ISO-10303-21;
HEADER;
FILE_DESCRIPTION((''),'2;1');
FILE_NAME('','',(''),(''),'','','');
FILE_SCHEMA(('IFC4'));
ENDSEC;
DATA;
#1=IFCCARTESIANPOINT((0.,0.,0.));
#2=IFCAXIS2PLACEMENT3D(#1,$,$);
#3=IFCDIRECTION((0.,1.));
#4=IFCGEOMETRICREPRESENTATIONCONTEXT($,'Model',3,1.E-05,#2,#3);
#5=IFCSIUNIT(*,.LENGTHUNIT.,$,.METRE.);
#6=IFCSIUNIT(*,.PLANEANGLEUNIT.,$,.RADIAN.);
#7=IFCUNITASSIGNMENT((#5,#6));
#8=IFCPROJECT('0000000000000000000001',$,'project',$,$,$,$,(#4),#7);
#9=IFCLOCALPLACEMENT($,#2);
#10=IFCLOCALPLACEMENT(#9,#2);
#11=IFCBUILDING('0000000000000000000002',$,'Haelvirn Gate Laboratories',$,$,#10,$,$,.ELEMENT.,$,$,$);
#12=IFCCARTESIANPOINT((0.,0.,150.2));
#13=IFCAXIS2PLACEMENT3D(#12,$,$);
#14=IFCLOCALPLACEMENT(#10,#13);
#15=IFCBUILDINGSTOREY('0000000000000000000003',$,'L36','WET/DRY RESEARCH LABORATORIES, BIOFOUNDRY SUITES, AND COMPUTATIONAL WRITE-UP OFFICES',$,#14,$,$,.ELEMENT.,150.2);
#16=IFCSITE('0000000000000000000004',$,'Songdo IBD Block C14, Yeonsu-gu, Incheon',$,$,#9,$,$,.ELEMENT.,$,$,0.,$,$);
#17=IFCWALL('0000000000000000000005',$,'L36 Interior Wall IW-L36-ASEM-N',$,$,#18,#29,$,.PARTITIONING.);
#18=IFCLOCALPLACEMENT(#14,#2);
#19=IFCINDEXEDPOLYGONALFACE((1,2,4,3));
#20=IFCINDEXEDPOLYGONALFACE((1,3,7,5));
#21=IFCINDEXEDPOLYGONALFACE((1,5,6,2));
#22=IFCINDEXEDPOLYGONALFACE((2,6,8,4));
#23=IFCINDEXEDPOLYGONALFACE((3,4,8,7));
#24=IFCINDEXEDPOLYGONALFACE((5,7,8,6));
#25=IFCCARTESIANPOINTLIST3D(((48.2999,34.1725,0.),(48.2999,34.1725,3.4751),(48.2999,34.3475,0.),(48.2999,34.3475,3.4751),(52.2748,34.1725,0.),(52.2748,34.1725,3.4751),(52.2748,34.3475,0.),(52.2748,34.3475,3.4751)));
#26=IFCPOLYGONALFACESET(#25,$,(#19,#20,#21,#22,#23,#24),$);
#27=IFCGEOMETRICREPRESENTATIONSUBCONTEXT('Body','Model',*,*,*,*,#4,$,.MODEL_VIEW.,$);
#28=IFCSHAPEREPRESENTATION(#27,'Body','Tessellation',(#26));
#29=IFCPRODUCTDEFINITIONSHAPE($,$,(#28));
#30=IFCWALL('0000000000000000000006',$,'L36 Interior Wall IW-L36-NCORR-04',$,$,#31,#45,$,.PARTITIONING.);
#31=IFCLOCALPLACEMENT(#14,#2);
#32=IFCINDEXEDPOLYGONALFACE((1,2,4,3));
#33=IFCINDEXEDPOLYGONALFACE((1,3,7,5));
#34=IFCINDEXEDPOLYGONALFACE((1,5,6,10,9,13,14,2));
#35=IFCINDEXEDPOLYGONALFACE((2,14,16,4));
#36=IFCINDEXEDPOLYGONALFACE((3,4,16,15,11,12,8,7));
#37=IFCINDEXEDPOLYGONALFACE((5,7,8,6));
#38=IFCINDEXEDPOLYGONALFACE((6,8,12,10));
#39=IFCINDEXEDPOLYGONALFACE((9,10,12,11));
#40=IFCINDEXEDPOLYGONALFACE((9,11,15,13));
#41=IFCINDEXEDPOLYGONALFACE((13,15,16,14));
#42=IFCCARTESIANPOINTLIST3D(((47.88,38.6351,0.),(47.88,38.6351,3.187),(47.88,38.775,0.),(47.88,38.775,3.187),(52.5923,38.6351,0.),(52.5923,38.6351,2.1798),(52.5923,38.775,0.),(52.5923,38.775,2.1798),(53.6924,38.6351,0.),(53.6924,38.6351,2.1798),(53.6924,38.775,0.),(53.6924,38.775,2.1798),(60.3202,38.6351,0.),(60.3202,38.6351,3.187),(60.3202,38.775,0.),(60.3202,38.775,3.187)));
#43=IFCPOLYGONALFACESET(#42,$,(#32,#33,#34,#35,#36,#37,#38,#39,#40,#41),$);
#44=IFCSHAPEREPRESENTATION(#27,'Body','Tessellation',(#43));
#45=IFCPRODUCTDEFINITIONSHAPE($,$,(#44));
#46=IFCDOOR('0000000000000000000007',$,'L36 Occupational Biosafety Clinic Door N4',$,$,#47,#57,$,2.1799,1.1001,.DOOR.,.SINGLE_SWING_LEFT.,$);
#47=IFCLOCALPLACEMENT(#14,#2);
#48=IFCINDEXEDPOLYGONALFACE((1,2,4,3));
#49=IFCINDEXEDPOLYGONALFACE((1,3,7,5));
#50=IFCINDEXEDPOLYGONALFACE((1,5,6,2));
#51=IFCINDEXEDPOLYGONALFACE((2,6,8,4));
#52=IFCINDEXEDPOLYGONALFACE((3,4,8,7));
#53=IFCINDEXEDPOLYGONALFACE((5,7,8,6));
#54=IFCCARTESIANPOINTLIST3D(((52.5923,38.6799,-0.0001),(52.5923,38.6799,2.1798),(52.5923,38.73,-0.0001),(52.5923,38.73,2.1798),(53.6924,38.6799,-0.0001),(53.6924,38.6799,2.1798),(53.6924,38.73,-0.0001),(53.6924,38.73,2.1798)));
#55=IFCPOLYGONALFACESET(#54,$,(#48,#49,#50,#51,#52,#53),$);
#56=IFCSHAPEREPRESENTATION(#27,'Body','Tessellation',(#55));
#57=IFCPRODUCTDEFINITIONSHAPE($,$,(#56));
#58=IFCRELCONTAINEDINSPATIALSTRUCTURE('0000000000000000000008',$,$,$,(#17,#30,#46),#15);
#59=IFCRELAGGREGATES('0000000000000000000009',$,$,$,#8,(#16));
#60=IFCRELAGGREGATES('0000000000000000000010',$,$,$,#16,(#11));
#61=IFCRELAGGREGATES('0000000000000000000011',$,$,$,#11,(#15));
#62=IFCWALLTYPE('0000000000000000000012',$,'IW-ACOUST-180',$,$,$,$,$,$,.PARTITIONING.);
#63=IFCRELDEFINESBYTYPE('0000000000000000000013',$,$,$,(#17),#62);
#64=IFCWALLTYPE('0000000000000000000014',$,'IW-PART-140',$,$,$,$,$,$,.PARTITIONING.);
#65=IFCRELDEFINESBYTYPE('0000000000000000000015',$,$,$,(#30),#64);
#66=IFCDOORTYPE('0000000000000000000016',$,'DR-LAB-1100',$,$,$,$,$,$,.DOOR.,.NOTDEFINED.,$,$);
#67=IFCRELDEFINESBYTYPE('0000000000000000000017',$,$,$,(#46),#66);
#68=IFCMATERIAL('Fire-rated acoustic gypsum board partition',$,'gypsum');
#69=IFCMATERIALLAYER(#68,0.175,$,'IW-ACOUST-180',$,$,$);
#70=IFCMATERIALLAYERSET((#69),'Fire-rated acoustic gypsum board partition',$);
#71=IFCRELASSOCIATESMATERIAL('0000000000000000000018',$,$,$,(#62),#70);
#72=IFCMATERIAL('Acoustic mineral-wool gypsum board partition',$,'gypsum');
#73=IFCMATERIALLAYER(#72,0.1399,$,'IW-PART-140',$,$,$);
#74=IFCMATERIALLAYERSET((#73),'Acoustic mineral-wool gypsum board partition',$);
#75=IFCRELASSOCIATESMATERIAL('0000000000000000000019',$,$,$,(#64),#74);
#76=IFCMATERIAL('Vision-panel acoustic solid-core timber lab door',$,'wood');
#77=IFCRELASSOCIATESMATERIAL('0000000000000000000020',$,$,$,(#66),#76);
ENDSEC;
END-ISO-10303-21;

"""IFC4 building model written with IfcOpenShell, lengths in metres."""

from ifc_helpers import new_model, si_unit, direction, frame, frame_2d, origin, place, context, subcontext, project, spatial, rectangle, extrude, source, transform, mapped, material, layer, layer_set, type_object, type_shapes, element, fill, save


model = new_model("IFC4")

# Units and contexts
model_context = context("Model", 3, precision=1e-05, world=origin(), true_north=direction((0.0, 1.0)))
body_context = subcontext(model_context, "Body", "Model", "MODEL_VIEW")
ifc_project = project(units=[si_unit("LENGTHUNIT", "METRE"), si_unit("PLANEANGLEUNIT", "RADIAN")], contexts=[model_context])

# Site, building, storey
site_placement = place(None, origin())
site = spatial("IfcSite", under=ifc_project, at=site_placement, Name="Songdo IBD Block C14, Yeonsu-gu, Incheon", CompositionType="ELEMENT", RefElevation=0.0)
building_placement = place(site_placement, origin())
building = spatial("IfcBuilding", under=site, at=building_placement, Name="Haelvirn Gate Laboratories", CompositionType="ELEMENT")
storey_placement = place(building_placement, frame((0.0, 0.0, 150.2)))
storey = spatial("IfcBuildingStorey", under=building, at=storey_placement, Name="L36", Description="WET/DRY RESEARCH LABORATORIES, BIOFOUNDRY SUITES, AND COMPUTATIONAL WRITE-UP OFFICES", CompositionType="ELEMENT", Elevation=150.2)

# Wall
ifc_material_1 = material(Name="Fire-rated acoustic gypsum board partition", Category="gypsum")
ifc_layer_1 = layer(ifc_material_1, 0.175, Name="IW-ACOUST-180")
ifc_layer_set_1 = layer_set([ifc_layer_1], Name="Fire-rated acoustic gypsum board partition")
wall_type_1 = type_object("IfcWallType", Name="IW-ACOUST-180", PredefinedType="PARTITIONING", material=ifc_layer_set_1)
wall_1_placement = place(storey_placement, frame((48.3, 34.26, 0.0), z_axis=(0.0, 0.0, 1.0), x_axis=(1.0, 0.0, 0.0)))
element("IfcWall", 1, at=wall_1_placement, inside=storey, type_object=wall_type_1, Name="L36 Interior Wall IW-L36-ASEM-N", PredefinedType="PARTITIONING", context=body_context, shape_type="SweptSolid", body=[
    extrude(rectangle(XDim=3.9749, YDim=0.175, at=frame_2d((1.9873, 0.0))), origin(), (0.0, 0.0, 1.0), 3.4751),
])

# Wall, opening, door
ifc_material_2 = material(Name="Acoustic mineral-wool gypsum board partition", Category="gypsum")
ifc_layer_2 = layer(ifc_material_2, 0.1399, Name="IW-PART-140")
ifc_layer_set_2 = layer_set([ifc_layer_2], Name="Acoustic mineral-wool gypsum board partition")
wall_type_2 = type_object("IfcWallType", Name="IW-PART-140", PredefinedType="PARTITIONING", material=ifc_layer_set_2)
wall_2_placement = place(storey_placement, frame((47.8799, 38.7051, 0.0), z_axis=(0.0, 0.0, 1.0), x_axis=(1.0, 0.0, 0.0)))
wall_2 = element("IfcWall", 2, at=wall_2_placement, inside=storey, type_object=wall_type_2, Name="L36 Interior Wall IW-L36-NCORR-04", PredefinedType="PARTITIONING", context=body_context, shape_type="SweptSolid", body=[
    extrude(rectangle(XDim=12.4402, YDim=0.1399, at=frame_2d((6.2202, 0.0))), origin(), (0.0, 0.0, 1.0), 3.187),
])
opening_placement = place(wall_2_placement, frame((4.7124, 0.0, 0.0)))
opening = element("IfcOpeningElement", 3, at=opening_placement, cuts=wall_2, PredefinedType="OPENING", context=body_context, shape_type="SweptSolid", body=[
    extrude(rectangle(XDim=1.1001, YDim=2.1799, at=frame_2d((0.55, 1.0898))), frame((0.0, 0.0801, 0.0), z_axis=(0.0, -1.0, 0.0), x_axis=(1.0, 0.0, 0.0)), (0.0, 0.0, 1.0), 0.1599),
])
ifc_material_3 = material(Name="Vision-panel acoustic solid-core timber lab door", Category="wood")
door_type = type_object("IfcDoorType", Name="DR-LAB-1100", OperationType="NOTDEFINED", PredefinedType="DOOR", material=ifc_material_3)
shared_shape_1 = source(origin(), body_context, "Body", "SweptSolid", [
    extrude(rectangle(XDim=1.1001, YDim=2.1799, at=frame_2d((0.55, 1.0898))), frame((0.0, 0.0249, 0.0), z_axis=(0.0, -1.0, 0.0), x_axis=(1.0, 0.0, 0.0)), (0.0, 0.0, 1.0), 0.05),
])
type_shapes(door_type, [shared_shape_1])
door_placement = place(opening_placement, origin())
door = element("IfcDoor", 4, at=door_placement, inside=storey, type_object=door_type, Name="L36 Occupational Biosafety Clinic Door N4", OperationType="SINGLE_SWING_LEFT", OverallHeight=2.1799, OverallWidth=1.1001, PredefinedType="DOOR", context=body_context, shape_type="MappedRepresentation", body=[
    mapped(shared_shape_1, transform((0.0, 0.0, 0.0), scale=1.0)),
])
fill(opening, door)

save(model, "model.ifc")
